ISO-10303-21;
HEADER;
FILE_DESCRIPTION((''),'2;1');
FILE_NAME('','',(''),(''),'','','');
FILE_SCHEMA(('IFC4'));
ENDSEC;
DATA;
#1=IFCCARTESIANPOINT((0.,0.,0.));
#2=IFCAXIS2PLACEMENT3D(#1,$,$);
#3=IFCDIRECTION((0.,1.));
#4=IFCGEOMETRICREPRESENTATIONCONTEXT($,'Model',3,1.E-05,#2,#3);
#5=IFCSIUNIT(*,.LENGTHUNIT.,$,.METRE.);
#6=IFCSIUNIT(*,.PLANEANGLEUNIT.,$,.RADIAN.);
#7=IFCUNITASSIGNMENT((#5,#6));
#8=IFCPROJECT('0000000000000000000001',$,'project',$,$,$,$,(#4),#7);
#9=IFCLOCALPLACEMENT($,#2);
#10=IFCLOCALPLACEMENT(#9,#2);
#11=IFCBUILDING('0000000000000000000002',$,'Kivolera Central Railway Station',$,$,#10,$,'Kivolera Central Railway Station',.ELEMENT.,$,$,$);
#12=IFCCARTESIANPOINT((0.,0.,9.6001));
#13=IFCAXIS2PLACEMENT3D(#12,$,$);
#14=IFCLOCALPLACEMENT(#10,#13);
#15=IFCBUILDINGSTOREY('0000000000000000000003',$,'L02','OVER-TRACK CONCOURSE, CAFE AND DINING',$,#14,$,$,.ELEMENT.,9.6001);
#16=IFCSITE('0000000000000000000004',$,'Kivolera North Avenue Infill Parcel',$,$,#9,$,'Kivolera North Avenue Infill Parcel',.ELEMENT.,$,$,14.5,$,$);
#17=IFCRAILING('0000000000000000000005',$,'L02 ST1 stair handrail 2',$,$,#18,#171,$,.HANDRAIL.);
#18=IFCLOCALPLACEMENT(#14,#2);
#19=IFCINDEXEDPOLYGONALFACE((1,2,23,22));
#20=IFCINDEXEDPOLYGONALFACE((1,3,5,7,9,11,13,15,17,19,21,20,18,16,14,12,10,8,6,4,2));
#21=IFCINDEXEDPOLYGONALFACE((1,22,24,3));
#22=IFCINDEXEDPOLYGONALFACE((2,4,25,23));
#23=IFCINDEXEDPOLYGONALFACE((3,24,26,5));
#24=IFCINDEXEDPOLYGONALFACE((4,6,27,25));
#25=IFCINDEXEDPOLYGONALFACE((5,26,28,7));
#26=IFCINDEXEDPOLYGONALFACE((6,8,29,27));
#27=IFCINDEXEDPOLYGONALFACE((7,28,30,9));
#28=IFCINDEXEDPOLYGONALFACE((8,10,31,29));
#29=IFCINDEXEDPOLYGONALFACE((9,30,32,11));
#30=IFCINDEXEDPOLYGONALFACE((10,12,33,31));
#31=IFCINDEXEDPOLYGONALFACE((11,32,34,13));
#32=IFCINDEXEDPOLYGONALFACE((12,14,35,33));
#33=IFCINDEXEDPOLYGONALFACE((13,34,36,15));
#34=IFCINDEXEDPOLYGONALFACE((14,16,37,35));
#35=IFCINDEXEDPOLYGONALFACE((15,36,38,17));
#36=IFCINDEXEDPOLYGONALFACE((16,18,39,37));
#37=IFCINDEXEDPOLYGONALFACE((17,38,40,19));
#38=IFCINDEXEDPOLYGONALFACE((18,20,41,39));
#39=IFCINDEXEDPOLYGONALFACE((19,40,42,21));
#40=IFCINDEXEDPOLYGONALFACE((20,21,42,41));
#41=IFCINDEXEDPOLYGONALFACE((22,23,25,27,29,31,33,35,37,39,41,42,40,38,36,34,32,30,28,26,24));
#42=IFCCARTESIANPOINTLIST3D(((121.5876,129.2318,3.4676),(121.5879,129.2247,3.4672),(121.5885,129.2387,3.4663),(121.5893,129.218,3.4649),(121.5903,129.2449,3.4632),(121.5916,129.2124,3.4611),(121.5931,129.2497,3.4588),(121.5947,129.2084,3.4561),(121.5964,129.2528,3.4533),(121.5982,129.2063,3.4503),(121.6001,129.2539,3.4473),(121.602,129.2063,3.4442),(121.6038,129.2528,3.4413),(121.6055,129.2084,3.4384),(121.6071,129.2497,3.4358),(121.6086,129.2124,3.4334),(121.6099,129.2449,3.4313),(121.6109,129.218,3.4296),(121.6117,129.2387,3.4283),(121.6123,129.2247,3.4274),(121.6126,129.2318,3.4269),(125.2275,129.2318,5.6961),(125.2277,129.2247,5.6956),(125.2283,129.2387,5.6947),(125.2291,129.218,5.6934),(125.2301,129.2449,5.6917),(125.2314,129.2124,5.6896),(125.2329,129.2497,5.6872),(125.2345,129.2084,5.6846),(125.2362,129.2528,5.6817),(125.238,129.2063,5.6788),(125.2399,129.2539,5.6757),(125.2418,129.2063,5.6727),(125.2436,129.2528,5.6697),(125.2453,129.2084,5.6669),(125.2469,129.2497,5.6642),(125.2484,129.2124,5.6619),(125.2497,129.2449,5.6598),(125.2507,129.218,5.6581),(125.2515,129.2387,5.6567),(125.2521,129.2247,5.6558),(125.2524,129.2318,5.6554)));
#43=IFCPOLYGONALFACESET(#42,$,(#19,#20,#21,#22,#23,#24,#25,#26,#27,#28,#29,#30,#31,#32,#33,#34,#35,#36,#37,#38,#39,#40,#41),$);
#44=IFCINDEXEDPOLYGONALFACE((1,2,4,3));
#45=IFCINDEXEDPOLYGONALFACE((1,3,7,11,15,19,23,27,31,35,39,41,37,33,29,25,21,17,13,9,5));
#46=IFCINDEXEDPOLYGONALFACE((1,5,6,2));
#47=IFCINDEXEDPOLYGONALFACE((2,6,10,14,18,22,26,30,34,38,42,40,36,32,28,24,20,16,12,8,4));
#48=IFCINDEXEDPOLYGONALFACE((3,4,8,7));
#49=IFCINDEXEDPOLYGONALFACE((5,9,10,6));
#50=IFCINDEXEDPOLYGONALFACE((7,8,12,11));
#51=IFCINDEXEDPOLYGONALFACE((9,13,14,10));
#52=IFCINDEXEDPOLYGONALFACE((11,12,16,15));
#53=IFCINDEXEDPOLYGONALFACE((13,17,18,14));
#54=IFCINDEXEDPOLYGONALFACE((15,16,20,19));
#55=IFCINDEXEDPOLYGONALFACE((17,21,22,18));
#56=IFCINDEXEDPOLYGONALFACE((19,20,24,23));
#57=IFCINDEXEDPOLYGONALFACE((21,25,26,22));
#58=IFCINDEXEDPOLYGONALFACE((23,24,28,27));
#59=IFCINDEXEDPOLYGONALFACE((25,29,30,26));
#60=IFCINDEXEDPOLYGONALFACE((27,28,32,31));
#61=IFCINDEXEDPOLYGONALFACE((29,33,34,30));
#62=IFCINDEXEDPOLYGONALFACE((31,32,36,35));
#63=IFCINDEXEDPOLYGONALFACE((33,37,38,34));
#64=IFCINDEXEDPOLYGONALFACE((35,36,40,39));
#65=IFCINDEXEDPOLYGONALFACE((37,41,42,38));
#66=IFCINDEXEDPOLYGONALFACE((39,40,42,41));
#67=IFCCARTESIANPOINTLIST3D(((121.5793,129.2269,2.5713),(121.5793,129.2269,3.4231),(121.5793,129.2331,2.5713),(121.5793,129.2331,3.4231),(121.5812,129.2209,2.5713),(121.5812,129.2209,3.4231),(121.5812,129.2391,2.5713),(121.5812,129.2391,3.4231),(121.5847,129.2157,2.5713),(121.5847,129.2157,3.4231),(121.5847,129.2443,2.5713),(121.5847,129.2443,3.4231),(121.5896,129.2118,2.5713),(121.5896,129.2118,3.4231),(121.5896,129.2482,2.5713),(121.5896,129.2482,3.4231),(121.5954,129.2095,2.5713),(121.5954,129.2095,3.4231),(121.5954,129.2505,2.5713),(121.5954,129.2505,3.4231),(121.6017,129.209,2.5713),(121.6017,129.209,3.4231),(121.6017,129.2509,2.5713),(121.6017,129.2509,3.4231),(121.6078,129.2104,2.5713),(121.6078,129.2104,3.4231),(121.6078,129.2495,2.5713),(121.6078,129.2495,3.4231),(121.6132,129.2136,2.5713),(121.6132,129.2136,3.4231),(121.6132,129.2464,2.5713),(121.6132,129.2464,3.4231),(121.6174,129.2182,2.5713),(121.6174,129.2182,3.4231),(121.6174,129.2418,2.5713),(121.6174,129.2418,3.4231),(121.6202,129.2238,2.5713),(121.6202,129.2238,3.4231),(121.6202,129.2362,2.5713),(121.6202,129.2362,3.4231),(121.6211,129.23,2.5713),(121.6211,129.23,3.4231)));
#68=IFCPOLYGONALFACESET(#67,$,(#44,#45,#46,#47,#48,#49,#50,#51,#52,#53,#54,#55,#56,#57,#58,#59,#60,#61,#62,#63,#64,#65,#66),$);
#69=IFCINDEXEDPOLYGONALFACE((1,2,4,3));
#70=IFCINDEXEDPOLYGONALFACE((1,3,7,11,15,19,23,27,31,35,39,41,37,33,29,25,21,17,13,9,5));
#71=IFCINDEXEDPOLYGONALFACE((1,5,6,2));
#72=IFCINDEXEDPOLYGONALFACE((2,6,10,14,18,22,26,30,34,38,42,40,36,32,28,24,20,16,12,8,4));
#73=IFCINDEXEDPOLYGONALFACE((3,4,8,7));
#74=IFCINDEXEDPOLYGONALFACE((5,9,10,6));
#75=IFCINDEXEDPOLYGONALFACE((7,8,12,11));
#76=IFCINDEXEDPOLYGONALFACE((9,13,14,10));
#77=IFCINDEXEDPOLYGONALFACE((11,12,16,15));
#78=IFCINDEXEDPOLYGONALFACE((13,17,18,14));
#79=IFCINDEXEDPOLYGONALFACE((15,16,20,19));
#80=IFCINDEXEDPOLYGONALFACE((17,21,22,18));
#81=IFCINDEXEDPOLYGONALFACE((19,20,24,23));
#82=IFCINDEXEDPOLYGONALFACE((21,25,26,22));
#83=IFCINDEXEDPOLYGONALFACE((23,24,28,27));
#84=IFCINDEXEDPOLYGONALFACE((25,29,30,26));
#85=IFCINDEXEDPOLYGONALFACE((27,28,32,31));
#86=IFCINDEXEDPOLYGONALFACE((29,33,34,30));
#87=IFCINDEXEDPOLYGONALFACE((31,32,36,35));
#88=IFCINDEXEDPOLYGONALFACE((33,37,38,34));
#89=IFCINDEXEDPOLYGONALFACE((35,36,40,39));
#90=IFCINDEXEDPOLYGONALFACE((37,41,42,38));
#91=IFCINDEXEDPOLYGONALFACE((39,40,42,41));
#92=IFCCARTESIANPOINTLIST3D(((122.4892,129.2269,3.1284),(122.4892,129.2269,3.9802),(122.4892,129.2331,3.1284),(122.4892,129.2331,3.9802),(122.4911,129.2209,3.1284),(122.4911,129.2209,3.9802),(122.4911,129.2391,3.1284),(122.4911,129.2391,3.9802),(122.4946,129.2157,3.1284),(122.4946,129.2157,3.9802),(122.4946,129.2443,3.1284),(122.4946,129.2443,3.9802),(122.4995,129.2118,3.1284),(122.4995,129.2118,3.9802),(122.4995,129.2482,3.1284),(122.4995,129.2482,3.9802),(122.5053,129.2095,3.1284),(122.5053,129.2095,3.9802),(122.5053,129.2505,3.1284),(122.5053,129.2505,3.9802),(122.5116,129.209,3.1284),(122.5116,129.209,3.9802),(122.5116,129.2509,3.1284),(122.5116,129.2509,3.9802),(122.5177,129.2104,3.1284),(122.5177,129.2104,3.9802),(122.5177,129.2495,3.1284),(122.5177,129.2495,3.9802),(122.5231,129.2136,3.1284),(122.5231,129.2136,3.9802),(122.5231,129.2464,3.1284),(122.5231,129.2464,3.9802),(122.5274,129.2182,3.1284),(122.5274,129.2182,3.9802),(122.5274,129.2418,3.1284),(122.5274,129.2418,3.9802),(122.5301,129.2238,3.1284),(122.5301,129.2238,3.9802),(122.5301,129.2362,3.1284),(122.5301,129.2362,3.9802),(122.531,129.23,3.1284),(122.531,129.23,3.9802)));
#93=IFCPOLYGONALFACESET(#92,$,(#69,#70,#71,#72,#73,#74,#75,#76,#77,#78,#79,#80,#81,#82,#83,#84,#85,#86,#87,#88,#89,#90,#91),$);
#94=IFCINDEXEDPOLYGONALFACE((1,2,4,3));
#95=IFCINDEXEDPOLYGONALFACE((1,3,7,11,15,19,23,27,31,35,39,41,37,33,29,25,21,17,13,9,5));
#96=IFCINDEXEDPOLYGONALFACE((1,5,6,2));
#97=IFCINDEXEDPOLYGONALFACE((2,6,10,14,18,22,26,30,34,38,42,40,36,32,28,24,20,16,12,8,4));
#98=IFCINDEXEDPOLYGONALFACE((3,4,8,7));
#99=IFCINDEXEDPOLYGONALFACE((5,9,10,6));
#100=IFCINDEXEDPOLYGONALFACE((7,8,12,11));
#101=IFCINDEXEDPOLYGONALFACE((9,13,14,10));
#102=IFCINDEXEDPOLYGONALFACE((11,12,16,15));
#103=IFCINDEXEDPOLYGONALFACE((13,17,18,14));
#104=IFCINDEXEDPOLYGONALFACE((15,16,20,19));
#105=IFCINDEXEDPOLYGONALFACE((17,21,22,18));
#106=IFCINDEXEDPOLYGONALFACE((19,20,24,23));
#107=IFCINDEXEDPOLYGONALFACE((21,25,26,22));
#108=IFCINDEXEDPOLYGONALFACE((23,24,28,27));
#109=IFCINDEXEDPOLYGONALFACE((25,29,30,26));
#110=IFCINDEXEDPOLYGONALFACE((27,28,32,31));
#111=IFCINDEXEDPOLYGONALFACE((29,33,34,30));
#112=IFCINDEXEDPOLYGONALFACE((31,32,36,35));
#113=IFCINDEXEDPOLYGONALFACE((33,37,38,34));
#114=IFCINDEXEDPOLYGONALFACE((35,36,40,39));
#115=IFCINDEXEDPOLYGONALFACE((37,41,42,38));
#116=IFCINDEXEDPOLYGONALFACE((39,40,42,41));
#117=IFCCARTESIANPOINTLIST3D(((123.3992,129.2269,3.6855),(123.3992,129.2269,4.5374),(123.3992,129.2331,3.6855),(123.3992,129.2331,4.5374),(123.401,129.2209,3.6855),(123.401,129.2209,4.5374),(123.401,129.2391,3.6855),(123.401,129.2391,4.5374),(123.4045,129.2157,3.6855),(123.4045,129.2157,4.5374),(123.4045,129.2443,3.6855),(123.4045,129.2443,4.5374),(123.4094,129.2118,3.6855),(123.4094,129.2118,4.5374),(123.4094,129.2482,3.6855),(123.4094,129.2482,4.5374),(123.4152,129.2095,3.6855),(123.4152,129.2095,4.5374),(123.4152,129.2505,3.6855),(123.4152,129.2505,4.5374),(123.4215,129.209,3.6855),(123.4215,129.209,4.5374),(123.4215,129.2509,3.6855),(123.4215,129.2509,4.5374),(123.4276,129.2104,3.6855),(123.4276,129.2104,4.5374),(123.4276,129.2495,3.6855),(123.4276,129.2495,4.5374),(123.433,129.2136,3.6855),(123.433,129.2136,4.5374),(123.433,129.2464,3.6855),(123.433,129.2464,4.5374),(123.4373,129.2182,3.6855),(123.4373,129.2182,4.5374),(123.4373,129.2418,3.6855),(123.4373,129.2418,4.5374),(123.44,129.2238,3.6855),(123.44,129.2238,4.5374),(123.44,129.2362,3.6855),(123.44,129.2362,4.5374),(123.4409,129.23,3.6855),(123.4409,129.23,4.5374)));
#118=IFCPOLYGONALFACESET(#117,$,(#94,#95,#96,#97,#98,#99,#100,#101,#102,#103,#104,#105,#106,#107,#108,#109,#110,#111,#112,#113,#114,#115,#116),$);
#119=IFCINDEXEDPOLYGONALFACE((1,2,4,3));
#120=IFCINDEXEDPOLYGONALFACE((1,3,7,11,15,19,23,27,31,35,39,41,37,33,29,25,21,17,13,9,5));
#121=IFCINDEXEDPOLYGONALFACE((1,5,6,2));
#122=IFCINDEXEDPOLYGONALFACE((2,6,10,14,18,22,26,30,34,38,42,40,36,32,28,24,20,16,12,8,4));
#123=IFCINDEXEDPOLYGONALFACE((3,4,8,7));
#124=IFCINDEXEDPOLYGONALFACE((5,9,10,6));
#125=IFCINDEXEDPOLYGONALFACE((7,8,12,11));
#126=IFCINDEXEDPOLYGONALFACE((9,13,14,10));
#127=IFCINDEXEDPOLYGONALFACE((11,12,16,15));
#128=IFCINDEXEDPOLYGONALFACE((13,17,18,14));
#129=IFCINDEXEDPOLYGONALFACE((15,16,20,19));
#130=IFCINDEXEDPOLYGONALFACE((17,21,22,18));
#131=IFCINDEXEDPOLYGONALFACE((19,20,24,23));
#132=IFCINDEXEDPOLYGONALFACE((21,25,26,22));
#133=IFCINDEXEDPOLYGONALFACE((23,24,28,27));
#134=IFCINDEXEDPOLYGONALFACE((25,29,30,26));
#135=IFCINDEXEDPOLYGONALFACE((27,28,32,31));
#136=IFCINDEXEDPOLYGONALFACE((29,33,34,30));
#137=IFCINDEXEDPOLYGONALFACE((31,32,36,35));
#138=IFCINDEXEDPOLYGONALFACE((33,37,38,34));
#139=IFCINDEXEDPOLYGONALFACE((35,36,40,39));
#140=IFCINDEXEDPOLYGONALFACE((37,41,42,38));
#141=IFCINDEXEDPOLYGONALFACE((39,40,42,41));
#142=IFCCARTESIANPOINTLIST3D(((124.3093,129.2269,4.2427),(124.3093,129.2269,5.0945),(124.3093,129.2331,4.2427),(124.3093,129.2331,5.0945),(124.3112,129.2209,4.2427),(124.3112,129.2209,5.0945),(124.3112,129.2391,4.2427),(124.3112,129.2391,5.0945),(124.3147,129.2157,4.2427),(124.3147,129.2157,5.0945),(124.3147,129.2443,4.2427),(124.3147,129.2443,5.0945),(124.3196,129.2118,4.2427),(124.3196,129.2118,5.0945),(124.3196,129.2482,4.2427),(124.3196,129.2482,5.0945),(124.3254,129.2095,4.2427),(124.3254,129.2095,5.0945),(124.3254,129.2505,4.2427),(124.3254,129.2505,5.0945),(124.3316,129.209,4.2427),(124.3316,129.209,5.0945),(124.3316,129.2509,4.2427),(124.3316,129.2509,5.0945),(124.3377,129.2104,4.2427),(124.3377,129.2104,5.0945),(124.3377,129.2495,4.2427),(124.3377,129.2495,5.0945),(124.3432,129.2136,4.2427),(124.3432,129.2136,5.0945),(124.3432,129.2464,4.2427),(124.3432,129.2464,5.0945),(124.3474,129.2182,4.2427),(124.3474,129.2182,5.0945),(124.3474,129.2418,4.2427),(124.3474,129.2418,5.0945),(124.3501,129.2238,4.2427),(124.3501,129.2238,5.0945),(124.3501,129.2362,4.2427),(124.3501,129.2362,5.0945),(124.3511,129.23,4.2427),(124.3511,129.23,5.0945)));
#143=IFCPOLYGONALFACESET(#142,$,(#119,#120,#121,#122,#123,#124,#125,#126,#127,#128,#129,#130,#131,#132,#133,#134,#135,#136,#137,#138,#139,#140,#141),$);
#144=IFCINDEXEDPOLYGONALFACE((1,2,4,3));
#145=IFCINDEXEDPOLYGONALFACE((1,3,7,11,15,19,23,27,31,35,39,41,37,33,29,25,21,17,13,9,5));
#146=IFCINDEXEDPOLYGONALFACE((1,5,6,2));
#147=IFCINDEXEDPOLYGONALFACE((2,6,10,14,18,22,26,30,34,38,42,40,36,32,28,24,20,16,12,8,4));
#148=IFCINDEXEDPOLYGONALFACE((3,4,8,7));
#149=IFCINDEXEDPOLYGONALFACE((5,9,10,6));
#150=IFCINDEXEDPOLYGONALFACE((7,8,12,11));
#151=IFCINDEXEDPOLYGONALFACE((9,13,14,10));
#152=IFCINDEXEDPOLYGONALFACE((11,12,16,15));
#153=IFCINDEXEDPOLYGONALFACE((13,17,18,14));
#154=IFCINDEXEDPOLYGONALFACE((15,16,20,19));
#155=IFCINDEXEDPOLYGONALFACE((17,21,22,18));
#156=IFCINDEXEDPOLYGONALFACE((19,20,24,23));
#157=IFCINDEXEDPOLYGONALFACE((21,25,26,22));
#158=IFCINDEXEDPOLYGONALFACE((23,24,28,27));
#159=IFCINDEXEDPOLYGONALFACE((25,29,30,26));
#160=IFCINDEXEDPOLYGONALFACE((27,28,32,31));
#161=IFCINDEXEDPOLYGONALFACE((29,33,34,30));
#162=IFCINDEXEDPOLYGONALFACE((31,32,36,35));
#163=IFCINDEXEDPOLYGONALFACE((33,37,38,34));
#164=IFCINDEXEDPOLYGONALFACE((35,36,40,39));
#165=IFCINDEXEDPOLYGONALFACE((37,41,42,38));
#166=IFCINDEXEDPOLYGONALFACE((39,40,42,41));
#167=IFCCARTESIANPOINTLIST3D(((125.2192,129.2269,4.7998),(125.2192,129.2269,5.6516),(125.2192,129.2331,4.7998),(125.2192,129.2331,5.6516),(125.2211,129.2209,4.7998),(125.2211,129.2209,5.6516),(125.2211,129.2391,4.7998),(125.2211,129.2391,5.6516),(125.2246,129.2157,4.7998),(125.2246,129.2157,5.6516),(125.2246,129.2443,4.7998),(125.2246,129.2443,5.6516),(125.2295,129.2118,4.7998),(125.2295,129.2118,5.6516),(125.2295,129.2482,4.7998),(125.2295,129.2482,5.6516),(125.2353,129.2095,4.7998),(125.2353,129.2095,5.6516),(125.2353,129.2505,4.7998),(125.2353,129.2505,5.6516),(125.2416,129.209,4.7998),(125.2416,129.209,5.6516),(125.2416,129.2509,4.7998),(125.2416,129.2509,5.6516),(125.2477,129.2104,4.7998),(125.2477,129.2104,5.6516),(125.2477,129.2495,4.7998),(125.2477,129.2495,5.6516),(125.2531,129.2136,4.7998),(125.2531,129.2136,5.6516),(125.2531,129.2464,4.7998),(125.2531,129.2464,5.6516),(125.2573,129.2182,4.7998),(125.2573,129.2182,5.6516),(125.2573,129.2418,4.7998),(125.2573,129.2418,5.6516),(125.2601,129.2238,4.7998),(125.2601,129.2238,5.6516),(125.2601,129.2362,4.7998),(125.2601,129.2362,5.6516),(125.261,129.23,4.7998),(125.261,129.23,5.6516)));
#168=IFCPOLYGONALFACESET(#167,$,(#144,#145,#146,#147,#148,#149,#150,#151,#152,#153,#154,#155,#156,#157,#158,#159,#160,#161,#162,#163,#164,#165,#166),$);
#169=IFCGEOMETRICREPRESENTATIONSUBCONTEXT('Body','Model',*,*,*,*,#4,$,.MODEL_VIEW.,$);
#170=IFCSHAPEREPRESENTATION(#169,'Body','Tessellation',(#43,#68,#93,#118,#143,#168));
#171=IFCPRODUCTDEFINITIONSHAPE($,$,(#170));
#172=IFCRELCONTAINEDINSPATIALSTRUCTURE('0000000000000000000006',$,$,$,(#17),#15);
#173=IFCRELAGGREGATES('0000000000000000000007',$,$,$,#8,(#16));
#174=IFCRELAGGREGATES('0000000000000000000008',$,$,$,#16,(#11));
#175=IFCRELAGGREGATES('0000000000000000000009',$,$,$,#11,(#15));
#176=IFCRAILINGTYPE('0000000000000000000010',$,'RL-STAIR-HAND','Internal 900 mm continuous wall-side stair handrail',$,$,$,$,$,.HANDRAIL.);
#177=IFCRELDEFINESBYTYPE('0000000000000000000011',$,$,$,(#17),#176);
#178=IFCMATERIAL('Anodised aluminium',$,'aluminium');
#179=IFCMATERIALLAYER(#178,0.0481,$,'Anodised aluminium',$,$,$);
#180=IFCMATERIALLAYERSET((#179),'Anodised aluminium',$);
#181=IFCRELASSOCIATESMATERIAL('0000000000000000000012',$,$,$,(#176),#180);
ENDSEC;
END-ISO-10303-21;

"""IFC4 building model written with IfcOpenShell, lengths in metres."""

from ifc_helpers import new_model, si_unit, direction, frame, origin, origin_2d, place, context, subcontext, project, spatial, circle, extrude, material, layer, layer_set, type_object, element, save


model = new_model("IFC4")

# Units and contexts
model_context = context("Model", 3, precision=1e-05, world=origin(), true_north=direction((0.0, 1.0)))
body_context = subcontext(model_context, "Body", "Model", "MODEL_VIEW")
ifc_project = project(units=[si_unit("LENGTHUNIT", "METRE"), si_unit("PLANEANGLEUNIT", "RADIAN")], contexts=[model_context])

# Site, building, storey
site_placement = place(None, origin())
site = spatial("IfcSite", under=ifc_project, at=site_placement, Name="Kivolera North Avenue Infill Parcel", LongName="Kivolera North Avenue Infill Parcel", CompositionType="ELEMENT", RefElevation=14.5)
building_placement = place(site_placement, origin())
building = spatial("IfcBuilding", under=site, at=building_placement, Name="Kivolera Central Railway Station", LongName="Kivolera Central Railway Station", CompositionType="ELEMENT")
storey_placement = place(building_placement, frame((0.0, 0.0, 9.6001)))
storey = spatial("IfcBuildingStorey", under=building, at=storey_placement, Name="L02", Description="OVER-TRACK CONCOURSE, CAFE AND DINING", CompositionType="ELEMENT", Elevation=9.6001)

# Shared definitions
ifc_material_1 = material(Name="Anodised aluminium", Category="aluminium")

# Railing
ifc_layer_1 = layer(ifc_material_1, 0.0481, Name="Anodised aluminium")
ifc_layer_set_1 = layer_set([ifc_layer_1], Name="Anodised aluminium")
railing_type = type_object("IfcRailingType", Name="RL-STAIR-HAND", Description="Internal 900 mm continuous wall-side stair handrail", PredefinedType="HANDRAIL", material=ifc_layer_set_1)
railing_placement = place(storey_placement, frame((121.6001, 129.23, 2.5713)))
element("IfcRailing", 1, at=railing_placement, inside=storey, type_object=railing_type, Name="L02 ST1 stair handrail 2", PredefinedType="HANDRAIL", context=body_context, shape_type="SweptSolid", body=[
    extrude(circle(Radius=0.0239, at=origin_2d()), frame((0.0, 0.0, 0.876), z_axis=(0.85285, 0.0, 0.522156), x_axis=(0.0, 1.0, 0.0)), (0.0, 0.0, 1.0), 4.2678),
    extrude(circle(Radius=0.021, at=origin_2d()), origin(), (0.0, 0.0, 1.0), 0.8518),
    extrude(circle(Radius=0.021, at=origin_2d()), frame((0.9099, 0.0, 0.5571)), (0.0, 0.0, 1.0), 0.8518),
    extrude(circle(Radius=0.021, at=origin_2d()), frame((1.8198, 0.0, 1.1143)), (0.0, 0.0, 1.0), 0.8518),
    extrude(circle(Radius=0.021, at=origin_2d()), frame((2.73, 0.0, 1.6714)), (0.0, 0.0, 1.0), 0.8518),
    extrude(circle(Radius=0.021, at=origin_2d()), frame((3.6399, 0.0, 2.2285)), (0.0, 0.0, 1.0), 0.8518),
])

save(model, "model.ifc")
